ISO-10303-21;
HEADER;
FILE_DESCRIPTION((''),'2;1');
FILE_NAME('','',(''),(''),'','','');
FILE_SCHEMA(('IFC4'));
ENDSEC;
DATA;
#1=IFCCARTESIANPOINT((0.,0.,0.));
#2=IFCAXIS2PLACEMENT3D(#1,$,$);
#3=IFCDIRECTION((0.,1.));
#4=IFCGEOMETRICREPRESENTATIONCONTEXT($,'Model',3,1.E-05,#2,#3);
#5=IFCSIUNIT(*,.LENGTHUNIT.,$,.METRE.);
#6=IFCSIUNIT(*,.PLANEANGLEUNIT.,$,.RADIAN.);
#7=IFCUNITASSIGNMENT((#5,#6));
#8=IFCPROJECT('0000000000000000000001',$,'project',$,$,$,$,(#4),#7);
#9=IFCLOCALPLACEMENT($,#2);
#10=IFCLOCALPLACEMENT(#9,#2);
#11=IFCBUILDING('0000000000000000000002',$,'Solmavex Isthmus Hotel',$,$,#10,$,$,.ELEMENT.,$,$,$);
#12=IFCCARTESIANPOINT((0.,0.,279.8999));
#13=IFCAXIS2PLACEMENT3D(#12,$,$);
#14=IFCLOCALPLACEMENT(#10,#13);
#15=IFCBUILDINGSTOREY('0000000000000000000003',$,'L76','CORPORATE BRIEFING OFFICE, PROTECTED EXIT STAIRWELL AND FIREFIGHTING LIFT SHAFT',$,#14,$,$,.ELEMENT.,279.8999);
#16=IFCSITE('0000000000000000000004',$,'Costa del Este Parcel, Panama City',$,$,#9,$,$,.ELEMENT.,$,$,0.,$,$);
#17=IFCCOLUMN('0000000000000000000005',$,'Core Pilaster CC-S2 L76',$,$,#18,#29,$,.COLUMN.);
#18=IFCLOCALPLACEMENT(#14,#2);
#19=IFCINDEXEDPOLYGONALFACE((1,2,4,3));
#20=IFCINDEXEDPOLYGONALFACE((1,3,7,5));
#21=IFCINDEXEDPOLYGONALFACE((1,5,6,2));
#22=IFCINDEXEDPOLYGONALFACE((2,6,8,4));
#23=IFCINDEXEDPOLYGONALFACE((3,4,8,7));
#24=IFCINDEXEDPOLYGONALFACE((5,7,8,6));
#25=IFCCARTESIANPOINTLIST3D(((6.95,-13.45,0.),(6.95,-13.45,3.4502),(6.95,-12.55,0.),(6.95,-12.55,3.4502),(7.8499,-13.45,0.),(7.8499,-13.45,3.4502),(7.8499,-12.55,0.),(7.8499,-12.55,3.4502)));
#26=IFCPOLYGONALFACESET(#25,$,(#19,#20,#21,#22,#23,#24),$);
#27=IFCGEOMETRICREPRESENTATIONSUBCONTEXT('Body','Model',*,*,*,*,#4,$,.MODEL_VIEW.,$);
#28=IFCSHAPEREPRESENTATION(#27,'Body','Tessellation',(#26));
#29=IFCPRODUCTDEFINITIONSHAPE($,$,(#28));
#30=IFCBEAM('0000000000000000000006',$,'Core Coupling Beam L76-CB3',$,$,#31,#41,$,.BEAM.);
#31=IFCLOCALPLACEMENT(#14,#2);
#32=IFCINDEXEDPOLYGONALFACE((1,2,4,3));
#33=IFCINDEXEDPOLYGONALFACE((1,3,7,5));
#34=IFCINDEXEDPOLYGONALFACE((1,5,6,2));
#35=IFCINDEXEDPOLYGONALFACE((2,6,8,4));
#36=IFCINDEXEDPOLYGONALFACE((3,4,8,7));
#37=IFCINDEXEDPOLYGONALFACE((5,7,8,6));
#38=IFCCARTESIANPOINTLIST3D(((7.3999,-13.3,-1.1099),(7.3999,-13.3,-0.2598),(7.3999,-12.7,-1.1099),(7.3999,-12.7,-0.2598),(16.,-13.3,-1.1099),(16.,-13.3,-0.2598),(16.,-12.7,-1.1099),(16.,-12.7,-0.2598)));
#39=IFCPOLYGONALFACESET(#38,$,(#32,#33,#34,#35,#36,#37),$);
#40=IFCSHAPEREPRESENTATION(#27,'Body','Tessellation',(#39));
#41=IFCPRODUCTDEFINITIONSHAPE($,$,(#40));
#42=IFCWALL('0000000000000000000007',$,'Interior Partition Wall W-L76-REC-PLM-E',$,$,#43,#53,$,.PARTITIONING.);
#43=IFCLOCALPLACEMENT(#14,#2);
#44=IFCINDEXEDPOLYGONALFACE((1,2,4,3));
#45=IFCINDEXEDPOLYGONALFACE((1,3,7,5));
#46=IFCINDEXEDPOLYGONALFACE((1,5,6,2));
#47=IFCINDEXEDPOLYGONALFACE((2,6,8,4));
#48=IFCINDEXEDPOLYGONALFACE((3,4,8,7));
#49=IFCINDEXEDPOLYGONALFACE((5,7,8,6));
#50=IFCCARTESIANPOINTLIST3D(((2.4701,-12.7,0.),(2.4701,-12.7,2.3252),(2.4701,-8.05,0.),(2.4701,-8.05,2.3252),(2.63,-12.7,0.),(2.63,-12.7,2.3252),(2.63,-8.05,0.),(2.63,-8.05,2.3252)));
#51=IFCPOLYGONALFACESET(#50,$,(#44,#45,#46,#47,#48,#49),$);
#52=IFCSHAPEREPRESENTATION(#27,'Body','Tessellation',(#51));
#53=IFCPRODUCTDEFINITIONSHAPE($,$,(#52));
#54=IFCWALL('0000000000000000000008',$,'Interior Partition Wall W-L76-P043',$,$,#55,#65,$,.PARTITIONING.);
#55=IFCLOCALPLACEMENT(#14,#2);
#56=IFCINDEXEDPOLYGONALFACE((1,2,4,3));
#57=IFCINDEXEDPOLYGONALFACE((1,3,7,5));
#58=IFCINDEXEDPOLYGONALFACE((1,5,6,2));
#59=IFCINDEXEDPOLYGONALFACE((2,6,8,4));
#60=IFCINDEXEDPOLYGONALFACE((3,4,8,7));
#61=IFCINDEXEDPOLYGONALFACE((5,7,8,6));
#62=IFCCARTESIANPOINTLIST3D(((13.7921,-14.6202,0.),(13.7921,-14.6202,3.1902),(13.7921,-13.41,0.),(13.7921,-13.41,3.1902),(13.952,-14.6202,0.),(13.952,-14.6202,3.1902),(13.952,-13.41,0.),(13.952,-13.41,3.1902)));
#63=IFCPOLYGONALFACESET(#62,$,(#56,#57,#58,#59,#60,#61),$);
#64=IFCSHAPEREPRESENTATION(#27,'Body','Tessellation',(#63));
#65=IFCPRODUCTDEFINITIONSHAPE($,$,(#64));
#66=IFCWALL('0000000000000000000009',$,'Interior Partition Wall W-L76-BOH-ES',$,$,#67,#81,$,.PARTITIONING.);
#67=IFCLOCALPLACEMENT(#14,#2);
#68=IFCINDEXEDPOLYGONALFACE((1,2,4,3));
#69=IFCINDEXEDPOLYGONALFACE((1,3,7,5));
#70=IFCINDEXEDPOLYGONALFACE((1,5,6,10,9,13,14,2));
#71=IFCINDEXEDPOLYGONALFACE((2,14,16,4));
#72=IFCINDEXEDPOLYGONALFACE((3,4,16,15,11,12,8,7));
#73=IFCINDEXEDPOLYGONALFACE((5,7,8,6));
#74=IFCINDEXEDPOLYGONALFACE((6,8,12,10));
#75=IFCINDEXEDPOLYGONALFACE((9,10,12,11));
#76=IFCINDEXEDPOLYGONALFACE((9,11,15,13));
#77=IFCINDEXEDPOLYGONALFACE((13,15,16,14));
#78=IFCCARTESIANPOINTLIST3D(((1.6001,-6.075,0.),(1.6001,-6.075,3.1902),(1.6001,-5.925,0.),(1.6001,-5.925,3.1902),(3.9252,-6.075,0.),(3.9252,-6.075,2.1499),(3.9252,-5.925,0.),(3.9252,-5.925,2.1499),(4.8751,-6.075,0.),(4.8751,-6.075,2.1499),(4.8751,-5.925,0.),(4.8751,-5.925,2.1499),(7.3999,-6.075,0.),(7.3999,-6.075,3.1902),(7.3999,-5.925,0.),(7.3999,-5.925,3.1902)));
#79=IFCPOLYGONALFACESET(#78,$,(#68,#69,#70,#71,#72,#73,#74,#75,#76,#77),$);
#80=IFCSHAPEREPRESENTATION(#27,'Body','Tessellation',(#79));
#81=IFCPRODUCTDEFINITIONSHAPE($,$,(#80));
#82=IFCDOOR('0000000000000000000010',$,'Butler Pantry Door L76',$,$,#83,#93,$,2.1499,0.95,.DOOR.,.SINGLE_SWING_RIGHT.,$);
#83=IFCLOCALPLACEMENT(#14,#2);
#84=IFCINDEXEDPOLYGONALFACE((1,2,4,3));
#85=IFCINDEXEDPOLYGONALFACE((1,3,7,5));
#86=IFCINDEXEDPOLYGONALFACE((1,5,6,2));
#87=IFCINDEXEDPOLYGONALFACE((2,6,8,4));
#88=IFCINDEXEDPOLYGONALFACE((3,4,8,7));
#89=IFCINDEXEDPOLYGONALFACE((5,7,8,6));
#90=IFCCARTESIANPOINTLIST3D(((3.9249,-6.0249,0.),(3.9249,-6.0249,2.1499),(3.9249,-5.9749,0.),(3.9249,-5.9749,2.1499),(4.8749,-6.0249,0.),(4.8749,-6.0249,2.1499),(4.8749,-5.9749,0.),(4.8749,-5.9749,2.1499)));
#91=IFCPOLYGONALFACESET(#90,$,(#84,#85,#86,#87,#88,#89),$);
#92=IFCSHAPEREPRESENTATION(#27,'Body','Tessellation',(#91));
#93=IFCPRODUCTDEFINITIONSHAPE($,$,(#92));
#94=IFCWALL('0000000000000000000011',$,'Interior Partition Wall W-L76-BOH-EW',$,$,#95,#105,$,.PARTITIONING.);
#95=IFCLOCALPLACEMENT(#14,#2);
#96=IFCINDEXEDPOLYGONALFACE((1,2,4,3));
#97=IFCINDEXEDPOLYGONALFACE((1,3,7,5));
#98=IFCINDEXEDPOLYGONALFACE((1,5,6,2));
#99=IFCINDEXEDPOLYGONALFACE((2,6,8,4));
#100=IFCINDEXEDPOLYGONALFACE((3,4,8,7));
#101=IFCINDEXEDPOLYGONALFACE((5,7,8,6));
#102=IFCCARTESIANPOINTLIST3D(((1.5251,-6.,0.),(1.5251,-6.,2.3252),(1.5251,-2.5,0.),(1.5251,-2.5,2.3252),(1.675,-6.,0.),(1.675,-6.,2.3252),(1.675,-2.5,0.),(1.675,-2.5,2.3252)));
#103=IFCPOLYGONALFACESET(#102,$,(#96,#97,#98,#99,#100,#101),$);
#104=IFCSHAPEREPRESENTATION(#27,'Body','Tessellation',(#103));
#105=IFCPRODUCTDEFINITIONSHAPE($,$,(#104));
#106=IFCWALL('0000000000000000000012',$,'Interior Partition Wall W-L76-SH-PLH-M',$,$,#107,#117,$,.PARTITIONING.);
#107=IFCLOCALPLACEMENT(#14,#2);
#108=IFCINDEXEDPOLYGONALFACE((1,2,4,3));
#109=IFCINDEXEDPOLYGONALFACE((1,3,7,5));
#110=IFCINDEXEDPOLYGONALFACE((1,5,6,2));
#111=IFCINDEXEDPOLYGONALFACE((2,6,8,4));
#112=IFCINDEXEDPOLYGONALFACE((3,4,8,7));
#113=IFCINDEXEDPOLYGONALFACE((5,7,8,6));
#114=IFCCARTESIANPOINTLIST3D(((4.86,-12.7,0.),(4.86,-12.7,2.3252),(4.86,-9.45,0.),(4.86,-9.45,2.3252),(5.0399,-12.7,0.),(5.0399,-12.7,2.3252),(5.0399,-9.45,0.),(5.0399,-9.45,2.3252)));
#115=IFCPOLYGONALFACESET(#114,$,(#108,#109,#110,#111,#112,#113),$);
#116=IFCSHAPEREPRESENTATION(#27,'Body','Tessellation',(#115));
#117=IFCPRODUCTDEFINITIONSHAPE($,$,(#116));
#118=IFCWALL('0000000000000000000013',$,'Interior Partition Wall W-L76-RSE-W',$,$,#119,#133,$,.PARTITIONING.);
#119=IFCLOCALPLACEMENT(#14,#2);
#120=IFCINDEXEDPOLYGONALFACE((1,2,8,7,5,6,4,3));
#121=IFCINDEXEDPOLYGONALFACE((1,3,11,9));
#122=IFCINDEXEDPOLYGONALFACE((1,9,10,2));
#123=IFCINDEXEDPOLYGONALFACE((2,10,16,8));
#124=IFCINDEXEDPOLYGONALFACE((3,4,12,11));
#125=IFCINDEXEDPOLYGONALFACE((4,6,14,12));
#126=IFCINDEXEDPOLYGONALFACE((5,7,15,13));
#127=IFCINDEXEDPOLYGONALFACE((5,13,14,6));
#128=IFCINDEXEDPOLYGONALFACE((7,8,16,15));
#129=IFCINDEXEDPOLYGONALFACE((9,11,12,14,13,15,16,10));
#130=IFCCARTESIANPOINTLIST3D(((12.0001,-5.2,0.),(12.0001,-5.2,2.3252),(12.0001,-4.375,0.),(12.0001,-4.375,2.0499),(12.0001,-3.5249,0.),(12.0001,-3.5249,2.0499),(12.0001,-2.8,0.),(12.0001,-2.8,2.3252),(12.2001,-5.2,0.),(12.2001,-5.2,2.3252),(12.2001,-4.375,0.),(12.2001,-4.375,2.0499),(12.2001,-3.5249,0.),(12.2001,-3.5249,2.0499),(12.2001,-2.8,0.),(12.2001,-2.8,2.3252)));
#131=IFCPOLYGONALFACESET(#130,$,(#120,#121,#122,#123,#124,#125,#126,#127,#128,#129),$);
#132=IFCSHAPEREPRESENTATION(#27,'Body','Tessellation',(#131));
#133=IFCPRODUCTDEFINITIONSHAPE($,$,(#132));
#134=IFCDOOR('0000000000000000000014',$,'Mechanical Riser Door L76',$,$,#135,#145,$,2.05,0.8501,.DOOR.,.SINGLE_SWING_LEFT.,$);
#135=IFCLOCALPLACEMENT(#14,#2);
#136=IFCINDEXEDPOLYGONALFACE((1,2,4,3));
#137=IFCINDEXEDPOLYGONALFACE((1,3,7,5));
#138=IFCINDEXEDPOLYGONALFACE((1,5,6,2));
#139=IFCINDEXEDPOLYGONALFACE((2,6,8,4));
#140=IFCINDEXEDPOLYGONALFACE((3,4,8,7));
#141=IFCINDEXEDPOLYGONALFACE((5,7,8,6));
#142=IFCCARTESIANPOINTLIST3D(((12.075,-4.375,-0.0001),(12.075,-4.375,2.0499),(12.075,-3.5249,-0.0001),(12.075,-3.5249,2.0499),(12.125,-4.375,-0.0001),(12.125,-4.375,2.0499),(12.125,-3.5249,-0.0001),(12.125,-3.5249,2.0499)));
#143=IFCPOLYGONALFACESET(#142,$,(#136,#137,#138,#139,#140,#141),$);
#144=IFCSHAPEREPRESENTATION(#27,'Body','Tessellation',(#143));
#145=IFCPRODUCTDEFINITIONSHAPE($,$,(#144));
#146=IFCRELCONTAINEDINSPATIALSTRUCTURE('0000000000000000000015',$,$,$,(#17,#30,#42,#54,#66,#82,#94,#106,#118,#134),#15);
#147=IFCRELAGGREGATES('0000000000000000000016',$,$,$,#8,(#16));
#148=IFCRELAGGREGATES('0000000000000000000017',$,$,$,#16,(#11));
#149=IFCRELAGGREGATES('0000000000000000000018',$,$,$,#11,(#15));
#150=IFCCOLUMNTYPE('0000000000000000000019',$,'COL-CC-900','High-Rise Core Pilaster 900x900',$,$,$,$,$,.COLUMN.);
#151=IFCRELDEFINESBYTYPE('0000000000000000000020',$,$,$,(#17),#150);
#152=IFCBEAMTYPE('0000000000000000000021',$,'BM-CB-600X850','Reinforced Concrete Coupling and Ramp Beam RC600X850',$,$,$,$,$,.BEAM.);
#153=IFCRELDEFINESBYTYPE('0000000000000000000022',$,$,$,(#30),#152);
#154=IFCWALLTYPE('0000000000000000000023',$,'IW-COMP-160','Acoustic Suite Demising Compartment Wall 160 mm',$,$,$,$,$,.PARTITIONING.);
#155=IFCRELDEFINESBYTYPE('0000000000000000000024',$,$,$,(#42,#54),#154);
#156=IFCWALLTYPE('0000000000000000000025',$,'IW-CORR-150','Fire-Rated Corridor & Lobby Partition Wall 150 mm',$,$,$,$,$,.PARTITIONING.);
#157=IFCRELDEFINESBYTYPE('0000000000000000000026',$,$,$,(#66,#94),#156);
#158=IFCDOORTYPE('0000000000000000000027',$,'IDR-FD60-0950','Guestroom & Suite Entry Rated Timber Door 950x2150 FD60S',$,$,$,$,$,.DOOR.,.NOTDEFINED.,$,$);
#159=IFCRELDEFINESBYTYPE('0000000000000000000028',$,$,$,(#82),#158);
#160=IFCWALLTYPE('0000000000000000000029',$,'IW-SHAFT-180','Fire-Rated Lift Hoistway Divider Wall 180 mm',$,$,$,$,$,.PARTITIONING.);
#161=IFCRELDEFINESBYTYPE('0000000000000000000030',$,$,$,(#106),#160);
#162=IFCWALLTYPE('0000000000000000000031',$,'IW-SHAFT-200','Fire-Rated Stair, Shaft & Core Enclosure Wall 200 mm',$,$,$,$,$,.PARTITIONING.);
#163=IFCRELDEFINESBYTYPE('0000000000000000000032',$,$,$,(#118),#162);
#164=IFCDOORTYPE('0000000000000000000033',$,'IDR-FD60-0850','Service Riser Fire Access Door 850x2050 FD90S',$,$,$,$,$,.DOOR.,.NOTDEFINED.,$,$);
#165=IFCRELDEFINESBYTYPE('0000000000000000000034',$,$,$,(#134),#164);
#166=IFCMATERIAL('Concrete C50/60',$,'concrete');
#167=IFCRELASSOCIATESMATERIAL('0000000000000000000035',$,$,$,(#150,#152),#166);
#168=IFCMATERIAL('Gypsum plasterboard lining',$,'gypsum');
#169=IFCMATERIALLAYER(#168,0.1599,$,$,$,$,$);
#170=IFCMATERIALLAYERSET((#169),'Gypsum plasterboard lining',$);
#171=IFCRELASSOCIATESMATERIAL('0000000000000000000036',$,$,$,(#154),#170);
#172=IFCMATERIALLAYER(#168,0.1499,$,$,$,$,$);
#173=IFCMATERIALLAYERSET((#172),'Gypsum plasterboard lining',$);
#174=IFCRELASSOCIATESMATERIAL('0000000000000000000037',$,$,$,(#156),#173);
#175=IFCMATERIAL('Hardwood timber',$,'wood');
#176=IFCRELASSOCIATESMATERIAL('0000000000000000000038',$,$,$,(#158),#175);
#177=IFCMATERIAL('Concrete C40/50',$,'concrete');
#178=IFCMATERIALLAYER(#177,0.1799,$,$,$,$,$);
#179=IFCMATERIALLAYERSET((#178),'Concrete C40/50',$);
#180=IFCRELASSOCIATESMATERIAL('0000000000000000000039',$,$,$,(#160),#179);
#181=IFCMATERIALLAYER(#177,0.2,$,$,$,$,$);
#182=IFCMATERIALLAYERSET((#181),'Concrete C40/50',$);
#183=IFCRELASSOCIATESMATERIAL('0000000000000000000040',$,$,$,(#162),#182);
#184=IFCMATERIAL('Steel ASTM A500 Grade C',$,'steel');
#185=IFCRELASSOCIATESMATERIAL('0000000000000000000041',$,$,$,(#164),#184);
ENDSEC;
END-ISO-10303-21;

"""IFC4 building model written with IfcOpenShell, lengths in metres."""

from ifc_helpers import new_model, si_unit, direction, frame, frame_2d, origin, origin_2d, place, context, subcontext, project, spatial, rectangle, extrude, material, layer, layer_set, material_profile, profile_set, type_object, element, fill, save


model = new_model("IFC4")

# Units and contexts
model_context = context("Model", 3, precision=1e-05, world=origin(), true_north=direction((0.0, 1.0)))
body_context = subcontext(model_context, "Body", "Model", "MODEL_VIEW")
ifc_project = project(units=[si_unit("LENGTHUNIT", "METRE"), si_unit("PLANEANGLEUNIT", "RADIAN")], contexts=[model_context])

# Site, building, storey
site_placement = place(None, origin())
site = spatial("IfcSite", under=ifc_project, at=site_placement, Name="Costa del Este Parcel, Panama City", CompositionType="ELEMENT", RefElevation=0.0)
building_placement = place(site_placement, origin())
building = spatial("IfcBuilding", under=site, at=building_placement, Name="Solmavex Isthmus Hotel", CompositionType="ELEMENT")
storey_placement = place(building_placement, frame((0.0, 0.0, 279.8999)))
storey = spatial("IfcBuildingStorey", under=building, at=storey_placement, Name="L76", Description="CORPORATE BRIEFING OFFICE, PROTECTED EXIT STAIRWELL AND FIREFIGHTING LIFT SHAFT", CompositionType="ELEMENT", Elevation=279.8999)

# Column
ifc_material_1 = material(Name="Concrete C50/60", Category="concrete")
ifc_material_profile_1 = material_profile(ifc_material_1, rectangle(XDim=0.8999, YDim=0.8999, at=origin_2d()), Name="RC900X900")
ifc_profile_set_1 = profile_set([ifc_material_profile_1], Name="Concrete C50/60")
column_type = type_object("IfcColumnType", Name="COL-CC-900", Description="High-Rise Core Pilaster 900x900", PredefinedType="COLUMN", material=ifc_profile_set_1)
column_placement = place(storey_placement, frame((7.3999, -13.0, 0.0), z_axis=(0.0, 0.0, 1.0), x_axis=(1.0, 0.0, 0.0)))
element("IfcColumn", 1, at=column_placement, inside=storey, type_object=column_type, Name="Core Pilaster CC-S2 L76", PredefinedType="COLUMN", context=body_context, shape_type="SweptSolid", body=[
    extrude(rectangle(XDim=0.8999, YDim=0.8999, at=origin_2d()), origin(), (0.0, 0.0, 1.0), 3.4502),
])

# Beam
ifc_material_profile_2 = material_profile(ifc_material_1, rectangle(XDim=0.6001, YDim=0.8501, at=origin_2d()), Name="RC600X850")
ifc_profile_set_2 = profile_set([ifc_material_profile_2], Name="Concrete C50/60")
beam_type = type_object("IfcBeamType", Name="BM-CB-600X850", Description="Reinforced Concrete Coupling and Ramp Beam RC600X850", PredefinedType="BEAM", material=ifc_profile_set_2)
beam_placement = place(storey_placement, frame((7.3999, -13.0, -0.6848), z_axis=(1.0, 0.0, 0.0), x_axis=(0.0, 1.0, 0.0)))
element("IfcBeam", 2, at=beam_placement, inside=storey, type_object=beam_type, Name="Core Coupling Beam L76-CB3", PredefinedType="BEAM", context=body_context, shape_type="SweptSolid", body=[
    extrude(rectangle(XDim=0.6001, YDim=0.8501, at=origin_2d()), origin(), (0.0, 0.0, 1.0), 8.6001),
])

# Walls
ifc_material_2 = material(Name="Gypsum plasterboard lining", Category="gypsum")
ifc_layer_1 = layer(ifc_material_2, 0.1599)
ifc_layer_set_1 = layer_set([ifc_layer_1], Name="Gypsum plasterboard lining")
wall_type_1 = type_object("IfcWallType", Name="IW-COMP-160", Description="Acoustic Suite Demising Compartment Wall 160 mm", PredefinedType="PARTITIONING", material=ifc_layer_set_1)
wall_1_placement = place(storey_placement, frame((2.55, -12.7, 0.0), z_axis=(0.0, 0.0, 1.0), x_axis=(0.0, 1.0, 0.0)))
element("IfcWall", 3, at=wall_1_placement, inside=storey, type_object=wall_type_1, Name="Interior Partition Wall W-L76-REC-PLM-E", PredefinedType="PARTITIONING", context=body_context, shape_type="SweptSolid", body=[
    extrude(rectangle(XDim=4.6499, YDim=0.1599, at=frame_2d((2.325, 0.0))), origin(), (0.0, 0.0, 1.0), 2.3252),
])
wall_2_placement = place(storey_placement, frame((13.8721, -14.6201, 0.0), z_axis=(0.0, 0.0, 1.0), x_axis=(0.0, 1.0, 0.0)))
element("IfcWall", 4, at=wall_2_placement, inside=storey, type_object=wall_type_1, Name="Interior Partition Wall W-L76-P043", PredefinedType="PARTITIONING", context=body_context, shape_type="SweptSolid", body=[
    extrude(rectangle(XDim=1.2102, YDim=0.1599, at=frame_2d((0.605, 0.0))), origin(), (0.0, 0.0, 1.0), 3.1902),
])

# Wall, opening, door
ifc_layer_2 = layer(ifc_material_2, 0.1499)
ifc_layer_set_2 = layer_set([ifc_layer_2], Name="Gypsum plasterboard lining")
wall_type_2 = type_object("IfcWallType", Name="IW-CORR-150", Description="Fire-Rated Corridor & Lobby Partition Wall 150 mm", PredefinedType="PARTITIONING", material=ifc_layer_set_2)
wall_3_placement = place(storey_placement, frame((1.6001, -6.0, 0.0), z_axis=(0.0, 0.0, 1.0), x_axis=(1.0, 0.0, 0.0)))
wall_3 = element("IfcWall", 5, at=wall_3_placement, inside=storey, type_object=wall_type_2, Name="Interior Partition Wall W-L76-BOH-ES", PredefinedType="PARTITIONING", context=body_context, shape_type="SweptSolid", body=[
    extrude(rectangle(XDim=5.7998, YDim=0.1499, at=frame_2d((2.8999, 0.0))), origin(), (0.0, 0.0, 1.0), 3.1902),
])
opening_1_placement = place(wall_3_placement, frame((2.325, 0.0, 0.0)))
opening_1 = element("IfcOpeningElement", 6, at=opening_1_placement, cuts=wall_3, PredefinedType="OPENING", context=body_context, shape_type="SweptSolid", body=[
    extrude(rectangle(XDim=0.95, YDim=2.1499, at=frame_2d((0.4751, 1.075))), frame((0.0, 0.085, 0.0), z_axis=(0.0, -1.0, 0.0), x_axis=(1.0, 0.0, 0.0)), (0.0, 0.0, 1.0), 0.1699),
])
ifc_material_3 = material(Name="Hardwood timber", Category="wood")
door_type_1 = type_object("IfcDoorType", Name="IDR-FD60-0950", Description="Guestroom & Suite Entry Rated Timber Door 950x2150 FD60S", OperationType="NOTDEFINED", PredefinedType="DOOR", material=ifc_material_3)
door_1_placement = place(opening_1_placement, frame((0.95, 0.0, 0.0), z_axis=(0.0, 0.0, 1.0), x_axis=(-1.0, 0.0, 0.0)))
door_1 = element("IfcDoor", 7, at=door_1_placement, inside=storey, type_object=door_type_1, Name="Butler Pantry Door L76", OperationType="SINGLE_SWING_RIGHT", OverallHeight=2.1499, OverallWidth=0.95, PredefinedType="DOOR", context=body_context, shape_type="SweptSolid", body=[
    extrude(rectangle(XDim=0.95, YDim=2.1499, at=frame_2d((0.4751, 1.075))), frame((0.0, 0.0249, 0.0), z_axis=(0.0, -1.0, 0.0), x_axis=(1.0, 0.0, 0.0)), (0.0, 0.0, 1.0), 0.05),
])
fill(opening_1, door_1)

# Walls
wall_4_placement = place(storey_placement, frame((1.6001, -6.0, 0.0), z_axis=(0.0, 0.0, 1.0), x_axis=(0.0, 1.0, 0.0)))
element("IfcWall", 8, at=wall_4_placement, inside=storey, type_object=wall_type_2, Name="Interior Partition Wall W-L76-BOH-EW", PredefinedType="PARTITIONING", context=body_context, shape_type="SweptSolid", body=[
    extrude(rectangle(XDim=3.5, YDim=0.1499, at=frame_2d((1.75, 0.0))), origin(), (0.0, 0.0, 1.0), 2.3252),
])
ifc_material_4 = material(Name="Concrete C40/50", Category="concrete")
ifc_layer_3 = layer(ifc_material_4, 0.1799)
ifc_layer_set_3 = layer_set([ifc_layer_3], Name="Concrete C40/50")
wall_type_3 = type_object("IfcWallType", Name="IW-SHAFT-180", Description="Fire-Rated Lift Hoistway Divider Wall 180 mm", PredefinedType="PARTITIONING", material=ifc_layer_set_3)
wall_5_placement = place(storey_placement, frame((4.95, -12.7, 0.0), z_axis=(0.0, 0.0, 1.0), x_axis=(0.0, 1.0, 0.0)))
element("IfcWall", 9, at=wall_5_placement, inside=storey, type_object=wall_type_3, Name="Interior Partition Wall W-L76-SH-PLH-M", PredefinedType="PARTITIONING", context=body_context, shape_type="SweptSolid", body=[
    extrude(rectangle(XDim=3.25, YDim=0.1799, at=frame_2d((1.625, 0.0))), origin(), (0.0, 0.0, 1.0), 2.3252),
])

# Wall, opening, door
ifc_layer_4 = layer(ifc_material_4, 0.2)
ifc_layer_set_4 = layer_set([ifc_layer_4], Name="Concrete C40/50")
wall_type_4 = type_object("IfcWallType", Name="IW-SHAFT-200", Description="Fire-Rated Stair, Shaft & Core Enclosure Wall 200 mm", PredefinedType="PARTITIONING", material=ifc_layer_set_4)
wall_6_placement = place(storey_placement, frame((12.1001, -5.2, 0.0), z_axis=(0.0, 0.0, 1.0), x_axis=(0.0, 1.0, 0.0)))
wall_6 = element("IfcWall", 10, at=wall_6_placement, inside=storey, type_object=wall_type_4, Name="Interior Partition Wall W-L76-RSE-W", PredefinedType="PARTITIONING", context=body_context, shape_type="SweptSolid", body=[
    extrude(rectangle(XDim=2.3999, YDim=0.2, at=frame_2d((1.2, 0.0))), origin(), (0.0, 0.0, 1.0), 2.3252),
])
opening_2_placement = place(wall_6_placement, frame((0.825, 0.0, 0.0)))
opening_2 = element("IfcOpeningElement", 11, at=opening_2_placement, cuts=wall_6, PredefinedType="OPENING", context=body_context, shape_type="SweptSolid", body=[
    extrude(rectangle(XDim=0.8501, YDim=2.05, at=frame_2d((0.425, 1.0249))), frame((0.0, 0.1099, 0.0), z_axis=(0.0, -1.0, 0.0), x_axis=(1.0, 0.0, 0.0)), (0.0, 0.0, 1.0), 0.22),
])
ifc_material_5 = material(Name="Steel ASTM A500 Grade C", Category="steel")
door_type_2 = type_object("IfcDoorType", Name="IDR-FD60-0850", Description="Service Riser Fire Access Door 850x2050 FD90S", OperationType="NOTDEFINED", PredefinedType="DOOR", material=ifc_material_5)
door_2_placement = place(opening_2_placement, frame((0.8501, 0.0, 0.0), z_axis=(0.0, 0.0, 1.0), x_axis=(-1.0, 0.0, 0.0)))
door_2 = element("IfcDoor", 12, at=door_2_placement, inside=storey, type_object=door_type_2, Name="Mechanical Riser Door L76", OperationType="SINGLE_SWING_LEFT", OverallHeight=2.05, OverallWidth=0.8501, PredefinedType="DOOR", context=body_context, shape_type="SweptSolid", body=[
    extrude(rectangle(XDim=0.8501, YDim=2.05, at=frame_2d((0.425, 1.0249))), frame((0.0, 0.0249, 0.0), z_axis=(0.0, -1.0, 0.0), x_axis=(1.0, 0.0, 0.0)), (0.0, 0.0, 1.0), 0.05),
])
fill(opening_2, door_2)

save(model, "model.ifc")
